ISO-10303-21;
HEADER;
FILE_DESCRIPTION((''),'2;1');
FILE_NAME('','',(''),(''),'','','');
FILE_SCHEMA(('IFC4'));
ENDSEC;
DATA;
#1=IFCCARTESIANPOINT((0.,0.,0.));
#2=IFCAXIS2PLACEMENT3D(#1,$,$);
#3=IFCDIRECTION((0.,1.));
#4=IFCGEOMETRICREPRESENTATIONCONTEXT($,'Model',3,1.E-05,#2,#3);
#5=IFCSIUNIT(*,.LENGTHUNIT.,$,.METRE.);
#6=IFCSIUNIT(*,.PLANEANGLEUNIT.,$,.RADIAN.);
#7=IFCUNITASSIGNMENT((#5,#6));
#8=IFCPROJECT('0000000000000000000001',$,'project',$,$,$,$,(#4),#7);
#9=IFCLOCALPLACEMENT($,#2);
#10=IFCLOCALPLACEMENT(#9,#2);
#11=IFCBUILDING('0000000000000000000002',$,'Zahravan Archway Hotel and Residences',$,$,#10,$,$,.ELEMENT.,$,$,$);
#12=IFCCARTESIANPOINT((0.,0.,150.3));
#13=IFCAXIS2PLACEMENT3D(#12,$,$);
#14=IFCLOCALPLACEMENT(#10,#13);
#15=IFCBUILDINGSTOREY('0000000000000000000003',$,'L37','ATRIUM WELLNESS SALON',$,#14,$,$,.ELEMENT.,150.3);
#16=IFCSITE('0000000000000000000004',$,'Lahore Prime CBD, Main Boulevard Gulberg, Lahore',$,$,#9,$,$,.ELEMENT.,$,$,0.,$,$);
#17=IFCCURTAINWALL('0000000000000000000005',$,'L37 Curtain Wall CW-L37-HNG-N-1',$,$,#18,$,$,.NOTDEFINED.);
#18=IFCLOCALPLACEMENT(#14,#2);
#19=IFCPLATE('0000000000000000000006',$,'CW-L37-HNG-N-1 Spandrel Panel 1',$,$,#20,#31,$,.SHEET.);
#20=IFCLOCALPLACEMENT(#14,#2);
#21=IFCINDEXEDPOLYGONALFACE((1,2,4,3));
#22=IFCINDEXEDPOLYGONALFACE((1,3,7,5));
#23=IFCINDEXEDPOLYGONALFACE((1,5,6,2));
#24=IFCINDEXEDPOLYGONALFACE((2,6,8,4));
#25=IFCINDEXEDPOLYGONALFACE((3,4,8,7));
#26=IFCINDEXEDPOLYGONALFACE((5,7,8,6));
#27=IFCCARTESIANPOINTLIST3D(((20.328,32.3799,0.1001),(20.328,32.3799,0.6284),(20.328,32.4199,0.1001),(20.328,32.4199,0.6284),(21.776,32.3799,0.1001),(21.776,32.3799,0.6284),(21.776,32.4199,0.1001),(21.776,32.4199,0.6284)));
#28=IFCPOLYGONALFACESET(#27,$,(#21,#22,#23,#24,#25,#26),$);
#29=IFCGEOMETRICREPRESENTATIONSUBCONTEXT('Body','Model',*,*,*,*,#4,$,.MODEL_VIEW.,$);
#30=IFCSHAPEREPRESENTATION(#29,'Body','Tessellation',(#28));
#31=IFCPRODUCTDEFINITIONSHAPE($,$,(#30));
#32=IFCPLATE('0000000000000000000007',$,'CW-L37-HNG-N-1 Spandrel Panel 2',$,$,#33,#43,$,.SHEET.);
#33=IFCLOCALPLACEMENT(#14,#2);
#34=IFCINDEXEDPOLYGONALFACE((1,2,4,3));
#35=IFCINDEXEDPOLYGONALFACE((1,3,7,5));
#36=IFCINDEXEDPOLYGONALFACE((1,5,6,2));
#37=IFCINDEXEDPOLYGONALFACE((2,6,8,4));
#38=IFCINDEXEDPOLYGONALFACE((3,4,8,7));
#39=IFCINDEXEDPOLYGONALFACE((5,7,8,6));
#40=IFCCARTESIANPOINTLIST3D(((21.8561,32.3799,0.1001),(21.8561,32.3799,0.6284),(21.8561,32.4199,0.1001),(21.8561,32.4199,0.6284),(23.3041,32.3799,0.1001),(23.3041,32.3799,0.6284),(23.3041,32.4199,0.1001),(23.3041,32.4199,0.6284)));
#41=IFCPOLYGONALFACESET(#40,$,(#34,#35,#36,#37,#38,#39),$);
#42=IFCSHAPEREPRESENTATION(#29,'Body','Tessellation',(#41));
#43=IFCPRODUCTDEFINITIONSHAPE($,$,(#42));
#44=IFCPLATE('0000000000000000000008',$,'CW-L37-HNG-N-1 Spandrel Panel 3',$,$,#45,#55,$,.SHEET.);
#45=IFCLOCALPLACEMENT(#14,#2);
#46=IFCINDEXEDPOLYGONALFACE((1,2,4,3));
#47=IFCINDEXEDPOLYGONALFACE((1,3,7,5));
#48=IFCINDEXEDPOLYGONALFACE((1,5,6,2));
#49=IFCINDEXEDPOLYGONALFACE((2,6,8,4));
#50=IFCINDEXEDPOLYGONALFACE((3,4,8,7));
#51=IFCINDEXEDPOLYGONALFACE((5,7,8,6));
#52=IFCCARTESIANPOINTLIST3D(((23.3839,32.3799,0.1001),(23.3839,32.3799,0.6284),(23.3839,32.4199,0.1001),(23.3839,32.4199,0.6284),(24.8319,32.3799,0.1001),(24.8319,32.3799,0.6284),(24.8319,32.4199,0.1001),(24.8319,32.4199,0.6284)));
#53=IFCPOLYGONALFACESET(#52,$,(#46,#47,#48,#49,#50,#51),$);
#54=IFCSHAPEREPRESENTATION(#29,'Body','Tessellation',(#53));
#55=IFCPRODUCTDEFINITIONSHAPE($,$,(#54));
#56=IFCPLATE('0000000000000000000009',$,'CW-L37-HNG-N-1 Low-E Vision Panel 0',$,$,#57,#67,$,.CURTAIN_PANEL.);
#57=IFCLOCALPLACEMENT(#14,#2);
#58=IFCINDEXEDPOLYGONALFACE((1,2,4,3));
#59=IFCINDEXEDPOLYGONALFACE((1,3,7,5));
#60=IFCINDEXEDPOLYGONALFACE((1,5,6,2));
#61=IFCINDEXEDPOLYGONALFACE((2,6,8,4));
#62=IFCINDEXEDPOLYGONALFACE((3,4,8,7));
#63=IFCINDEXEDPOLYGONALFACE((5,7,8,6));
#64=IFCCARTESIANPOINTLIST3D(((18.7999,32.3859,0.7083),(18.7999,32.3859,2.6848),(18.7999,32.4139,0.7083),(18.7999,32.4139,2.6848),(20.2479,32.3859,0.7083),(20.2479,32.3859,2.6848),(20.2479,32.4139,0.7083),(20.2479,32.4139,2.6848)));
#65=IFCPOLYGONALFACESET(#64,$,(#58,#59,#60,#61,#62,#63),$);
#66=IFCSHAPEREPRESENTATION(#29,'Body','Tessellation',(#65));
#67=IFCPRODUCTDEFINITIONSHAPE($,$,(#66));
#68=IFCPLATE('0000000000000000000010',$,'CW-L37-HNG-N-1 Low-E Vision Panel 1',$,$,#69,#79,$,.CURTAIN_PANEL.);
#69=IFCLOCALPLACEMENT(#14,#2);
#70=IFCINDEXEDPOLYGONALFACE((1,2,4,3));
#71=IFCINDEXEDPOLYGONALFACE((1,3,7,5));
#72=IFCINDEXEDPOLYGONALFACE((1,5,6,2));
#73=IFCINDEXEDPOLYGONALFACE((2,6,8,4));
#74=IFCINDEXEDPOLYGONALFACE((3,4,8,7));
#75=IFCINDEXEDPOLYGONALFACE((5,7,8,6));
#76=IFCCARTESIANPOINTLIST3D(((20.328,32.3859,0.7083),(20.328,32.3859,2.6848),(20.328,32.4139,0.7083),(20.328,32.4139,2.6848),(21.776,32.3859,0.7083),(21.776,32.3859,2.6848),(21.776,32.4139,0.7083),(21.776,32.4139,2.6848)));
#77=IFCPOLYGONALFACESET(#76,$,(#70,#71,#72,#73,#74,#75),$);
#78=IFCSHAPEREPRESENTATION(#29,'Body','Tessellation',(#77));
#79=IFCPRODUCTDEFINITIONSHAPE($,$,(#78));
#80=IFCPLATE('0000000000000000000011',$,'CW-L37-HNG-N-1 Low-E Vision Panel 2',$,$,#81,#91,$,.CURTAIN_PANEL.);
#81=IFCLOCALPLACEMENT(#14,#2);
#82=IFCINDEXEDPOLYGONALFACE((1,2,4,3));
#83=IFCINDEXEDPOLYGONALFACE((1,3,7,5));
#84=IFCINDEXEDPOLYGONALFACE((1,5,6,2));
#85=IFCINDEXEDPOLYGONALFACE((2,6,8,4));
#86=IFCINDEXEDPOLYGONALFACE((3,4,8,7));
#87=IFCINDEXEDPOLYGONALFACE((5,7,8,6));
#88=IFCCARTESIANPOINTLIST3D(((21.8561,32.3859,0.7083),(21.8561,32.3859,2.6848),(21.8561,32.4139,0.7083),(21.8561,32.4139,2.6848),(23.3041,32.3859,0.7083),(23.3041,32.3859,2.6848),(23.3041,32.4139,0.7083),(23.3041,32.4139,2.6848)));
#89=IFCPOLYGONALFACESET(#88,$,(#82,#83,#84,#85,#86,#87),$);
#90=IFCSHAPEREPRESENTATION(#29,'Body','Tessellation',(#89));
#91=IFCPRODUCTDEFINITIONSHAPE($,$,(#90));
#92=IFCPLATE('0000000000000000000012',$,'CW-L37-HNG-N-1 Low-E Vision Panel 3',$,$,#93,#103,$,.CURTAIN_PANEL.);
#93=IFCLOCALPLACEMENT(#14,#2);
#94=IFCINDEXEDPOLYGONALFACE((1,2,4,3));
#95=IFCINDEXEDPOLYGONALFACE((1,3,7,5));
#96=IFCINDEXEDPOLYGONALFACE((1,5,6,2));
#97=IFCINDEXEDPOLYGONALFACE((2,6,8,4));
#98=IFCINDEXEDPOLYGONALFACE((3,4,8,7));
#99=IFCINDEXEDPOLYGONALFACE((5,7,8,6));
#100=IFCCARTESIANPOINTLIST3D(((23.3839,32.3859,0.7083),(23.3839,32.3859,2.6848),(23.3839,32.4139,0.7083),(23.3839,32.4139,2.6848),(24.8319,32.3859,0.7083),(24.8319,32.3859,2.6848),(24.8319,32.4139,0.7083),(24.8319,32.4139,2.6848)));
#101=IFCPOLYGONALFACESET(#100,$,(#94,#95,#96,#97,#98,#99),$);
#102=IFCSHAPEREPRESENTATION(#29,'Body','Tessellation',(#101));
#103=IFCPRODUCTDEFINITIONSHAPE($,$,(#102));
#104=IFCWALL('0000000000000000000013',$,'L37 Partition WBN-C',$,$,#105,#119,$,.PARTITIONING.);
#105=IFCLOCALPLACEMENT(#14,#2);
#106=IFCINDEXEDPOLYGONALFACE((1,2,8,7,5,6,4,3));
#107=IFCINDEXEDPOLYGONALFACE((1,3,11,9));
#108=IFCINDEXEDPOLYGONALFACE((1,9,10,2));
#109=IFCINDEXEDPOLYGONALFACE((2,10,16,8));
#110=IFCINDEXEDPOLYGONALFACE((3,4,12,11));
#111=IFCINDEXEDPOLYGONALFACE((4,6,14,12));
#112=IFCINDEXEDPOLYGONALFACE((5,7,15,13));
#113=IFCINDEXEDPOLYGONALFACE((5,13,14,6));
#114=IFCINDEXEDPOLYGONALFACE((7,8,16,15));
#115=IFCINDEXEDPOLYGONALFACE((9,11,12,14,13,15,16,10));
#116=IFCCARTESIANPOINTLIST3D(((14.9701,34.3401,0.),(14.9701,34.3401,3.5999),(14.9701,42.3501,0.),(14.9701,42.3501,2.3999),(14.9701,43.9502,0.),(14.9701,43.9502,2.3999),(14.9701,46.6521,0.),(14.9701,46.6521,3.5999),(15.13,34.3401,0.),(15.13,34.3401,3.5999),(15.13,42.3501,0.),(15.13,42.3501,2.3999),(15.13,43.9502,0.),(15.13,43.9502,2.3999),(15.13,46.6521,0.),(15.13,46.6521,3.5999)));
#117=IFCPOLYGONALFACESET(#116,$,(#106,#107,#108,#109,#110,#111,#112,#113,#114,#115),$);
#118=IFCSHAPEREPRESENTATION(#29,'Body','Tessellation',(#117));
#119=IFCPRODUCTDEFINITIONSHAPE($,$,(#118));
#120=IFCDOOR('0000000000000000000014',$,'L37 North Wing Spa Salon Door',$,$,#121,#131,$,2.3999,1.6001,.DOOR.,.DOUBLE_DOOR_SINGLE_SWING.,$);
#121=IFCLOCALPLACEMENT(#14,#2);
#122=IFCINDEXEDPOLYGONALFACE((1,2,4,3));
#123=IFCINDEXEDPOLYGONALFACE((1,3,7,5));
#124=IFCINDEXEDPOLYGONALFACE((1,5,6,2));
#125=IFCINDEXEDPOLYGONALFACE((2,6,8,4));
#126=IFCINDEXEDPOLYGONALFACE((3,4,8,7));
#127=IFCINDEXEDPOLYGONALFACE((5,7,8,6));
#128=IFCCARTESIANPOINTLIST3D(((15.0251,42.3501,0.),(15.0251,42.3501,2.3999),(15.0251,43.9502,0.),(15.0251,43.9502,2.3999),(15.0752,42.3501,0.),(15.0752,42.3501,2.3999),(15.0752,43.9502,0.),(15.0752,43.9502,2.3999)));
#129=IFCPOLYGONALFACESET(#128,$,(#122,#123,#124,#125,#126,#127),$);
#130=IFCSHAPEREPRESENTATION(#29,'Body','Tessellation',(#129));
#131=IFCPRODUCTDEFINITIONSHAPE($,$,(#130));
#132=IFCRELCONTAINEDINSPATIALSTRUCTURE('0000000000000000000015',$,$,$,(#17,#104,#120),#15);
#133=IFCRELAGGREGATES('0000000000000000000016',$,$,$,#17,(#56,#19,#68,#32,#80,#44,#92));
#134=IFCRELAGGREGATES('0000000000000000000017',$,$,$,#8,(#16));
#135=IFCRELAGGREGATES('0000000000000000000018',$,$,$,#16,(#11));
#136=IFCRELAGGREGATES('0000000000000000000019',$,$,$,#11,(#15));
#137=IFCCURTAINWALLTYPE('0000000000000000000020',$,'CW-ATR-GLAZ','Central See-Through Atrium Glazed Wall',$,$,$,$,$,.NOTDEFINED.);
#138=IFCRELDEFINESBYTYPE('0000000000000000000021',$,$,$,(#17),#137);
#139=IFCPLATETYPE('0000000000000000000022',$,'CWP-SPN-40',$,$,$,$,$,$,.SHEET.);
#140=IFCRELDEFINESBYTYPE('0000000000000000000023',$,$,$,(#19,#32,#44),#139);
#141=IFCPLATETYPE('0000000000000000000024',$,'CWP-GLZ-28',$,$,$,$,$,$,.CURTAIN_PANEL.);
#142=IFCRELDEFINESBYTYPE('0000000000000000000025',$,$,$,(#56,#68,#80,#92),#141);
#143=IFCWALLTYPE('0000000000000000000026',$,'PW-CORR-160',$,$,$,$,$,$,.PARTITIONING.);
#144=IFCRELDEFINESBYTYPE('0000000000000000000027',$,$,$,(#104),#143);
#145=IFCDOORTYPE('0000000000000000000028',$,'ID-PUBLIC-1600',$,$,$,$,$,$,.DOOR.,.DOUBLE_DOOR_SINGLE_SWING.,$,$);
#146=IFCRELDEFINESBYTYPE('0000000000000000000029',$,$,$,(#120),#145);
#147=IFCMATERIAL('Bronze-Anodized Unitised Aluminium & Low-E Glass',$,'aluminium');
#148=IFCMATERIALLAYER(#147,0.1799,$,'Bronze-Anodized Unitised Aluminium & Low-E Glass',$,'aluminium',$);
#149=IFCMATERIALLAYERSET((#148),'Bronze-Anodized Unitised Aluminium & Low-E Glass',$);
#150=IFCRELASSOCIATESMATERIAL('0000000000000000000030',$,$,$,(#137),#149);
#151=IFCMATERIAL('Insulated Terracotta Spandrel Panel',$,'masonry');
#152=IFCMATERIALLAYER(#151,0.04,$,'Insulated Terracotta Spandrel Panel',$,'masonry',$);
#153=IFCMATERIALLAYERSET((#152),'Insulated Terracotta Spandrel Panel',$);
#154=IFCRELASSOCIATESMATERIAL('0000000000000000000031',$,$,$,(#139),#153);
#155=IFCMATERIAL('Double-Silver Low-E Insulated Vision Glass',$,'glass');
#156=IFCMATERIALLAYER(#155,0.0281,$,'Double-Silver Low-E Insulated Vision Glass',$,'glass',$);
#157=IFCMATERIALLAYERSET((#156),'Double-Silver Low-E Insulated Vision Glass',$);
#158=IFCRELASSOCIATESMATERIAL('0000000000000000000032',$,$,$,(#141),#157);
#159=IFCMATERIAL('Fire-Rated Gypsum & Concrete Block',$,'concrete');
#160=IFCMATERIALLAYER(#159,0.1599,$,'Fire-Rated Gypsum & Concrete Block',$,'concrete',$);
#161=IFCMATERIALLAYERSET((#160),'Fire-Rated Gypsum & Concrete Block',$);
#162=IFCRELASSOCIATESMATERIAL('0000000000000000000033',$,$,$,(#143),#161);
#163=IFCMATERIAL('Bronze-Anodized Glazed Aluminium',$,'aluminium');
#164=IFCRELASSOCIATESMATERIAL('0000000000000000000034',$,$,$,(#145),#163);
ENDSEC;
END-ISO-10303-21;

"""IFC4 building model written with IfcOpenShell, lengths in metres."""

from ifc_helpers import new_model, si_unit, direction, frame, frame_2d, origin, origin_2d, place, context, subcontext, project, spatial, rectangle, extrude, source, transform, mapped, material, layer, layer_set, type_object, type_shapes, element, fill, aggregate, save


model = new_model("IFC4")

# Units and contexts
model_context = context("Model", 3, precision=1e-05, world=origin(), true_north=direction((0.0, 1.0)))
body_context = subcontext(model_context, "Body", "Model", "MODEL_VIEW")
ifc_project = project(units=[si_unit("LENGTHUNIT", "METRE"), si_unit("PLANEANGLEUNIT", "RADIAN")], contexts=[model_context])

# Site, building, storey
site_placement = place(None, origin())
site = spatial("IfcSite", under=ifc_project, at=site_placement, Name="Lahore Prime CBD, Main Boulevard Gulberg, Lahore", CompositionType="ELEMENT", RefElevation=0.0)
building_placement = place(site_placement, origin())
building = spatial("IfcBuilding", under=site, at=building_placement, Name="Zahravan Archway Hotel and Residences", CompositionType="ELEMENT")
storey_placement = place(building_placement, frame((0.0, 0.0, 150.3)))
storey = spatial("IfcBuildingStorey", under=building, at=storey_placement, Name="L37", Description="ATRIUM WELLNESS SALON", CompositionType="ELEMENT", Elevation=150.3)

# Curtain wall, plates
ifc_material_1 = material(Name="Bronze-Anodized Unitised Aluminium & Low-E Glass", Category="aluminium")
ifc_layer_1 = layer(ifc_material_1, 0.1799, Name="Bronze-Anodized Unitised Aluminium & Low-E Glass", Category="aluminium")
ifc_layer_set_1 = layer_set([ifc_layer_1], Name="Bronze-Anodized Unitised Aluminium & Low-E Glass")
curtain_wall_type = type_object("IfcCurtainWallType", Name="CW-ATR-GLAZ", Description="Central See-Through Atrium Glazed Wall", PredefinedType="NOTDEFINED", material=ifc_layer_set_1)
curtain_wall_placement = place(storey_placement, origin())
curtain_wall = element("IfcCurtainWall", 1, at=curtain_wall_placement, inside=storey, type_object=curtain_wall_type, Name="L37 Curtain Wall CW-L37-HNG-N-1", PredefinedType="NOTDEFINED")
ifc_material_2 = material(Name="Insulated Terracotta Spandrel Panel", Category="masonry")
ifc_layer_2 = layer(ifc_material_2, 0.04, Name="Insulated Terracotta Spandrel Panel", Category="masonry")
ifc_layer_set_2 = layer_set([ifc_layer_2], Name="Insulated Terracotta Spandrel Panel")
plate_type_1 = type_object("IfcPlateType", Name="CWP-SPN-40", PredefinedType="SHEET", material=ifc_layer_set_2)
shared_shape_1 = source(origin(), body_context, "Body", "SweptSolid", [
    extrude(rectangle(XDim=1.448, YDim=0.04, at=origin_2d()), origin(), (0.0, 0.0, 1.0), 0.5283),
])
plate_1_placement = place(storey_placement, frame((21.052, 32.3999, 0.1001), z_axis=(0.0, 0.0, 1.0), x_axis=(1.0, 0.0, 0.0)))
plate_1 = element("IfcPlate", 2, at=plate_1_placement, type_object=plate_type_1, Name="CW-L37-HNG-N-1 Spandrel Panel 1", PredefinedType="SHEET", context=body_context, shape_type="MappedRepresentation", body=[
    mapped(shared_shape_1, transform((0.0, 0.0, 0.0), scale=1.0)),
])
plate_2_placement = place(storey_placement, frame((22.5801, 32.3999, 0.1001), z_axis=(0.0, 0.0, 1.0), x_axis=(1.0, 0.0, 0.0)))
plate_2 = element("IfcPlate", 3, at=plate_2_placement, type_object=plate_type_1, Name="CW-L37-HNG-N-1 Spandrel Panel 2", PredefinedType="SHEET", context=body_context, shape_type="MappedRepresentation", body=[
    mapped(shared_shape_1, transform((0.0, 0.0, 0.0), scale=1.0)),
])
plate_3_placement = place(storey_placement, frame((24.1079, 32.3999, 0.1001), z_axis=(0.0, 0.0, 1.0), x_axis=(1.0, 0.0, 0.0)))
plate_3 = element("IfcPlate", 4, at=plate_3_placement, type_object=plate_type_1, Name="CW-L37-HNG-N-1 Spandrel Panel 3", PredefinedType="SHEET", context=body_context, shape_type="MappedRepresentation", body=[
    mapped(shared_shape_1, transform((0.0, 0.0, 0.0), scale=1.0)),
])
ifc_material_3 = material(Name="Double-Silver Low-E Insulated Vision Glass", Category="glass")
ifc_layer_3 = layer(ifc_material_3, 0.0281, Name="Double-Silver Low-E Insulated Vision Glass", Category="glass")
ifc_layer_set_3 = layer_set([ifc_layer_3], Name="Double-Silver Low-E Insulated Vision Glass")
plate_type_2 = type_object("IfcPlateType", Name="CWP-GLZ-28", PredefinedType="CURTAIN_PANEL", material=ifc_layer_set_3)
shared_shape_2 = source(origin(), body_context, "Body", "SweptSolid", [
    extrude(rectangle(XDim=1.448, YDim=0.0281, at=origin_2d()), origin(), (0.0, 0.0, 1.0), 1.9766),
])
plate_4_placement = place(storey_placement, frame((19.5239, 32.3999, 0.7083), z_axis=(0.0, 0.0, 1.0), x_axis=(1.0, 0.0, 0.0)))
plate_4 = element("IfcPlate", 5, at=plate_4_placement, type_object=plate_type_2, Name="CW-L37-HNG-N-1 Low-E Vision Panel 0", PredefinedType="CURTAIN_PANEL", context=body_context, shape_type="MappedRepresentation", body=[
    mapped(shared_shape_2, transform((0.0, 0.0, 0.0), scale=1.0)),
])
plate_5_placement = place(storey_placement, frame((21.052, 32.3999, 0.7083), z_axis=(0.0, 0.0, 1.0), x_axis=(1.0, 0.0, 0.0)))
plate_5 = element("IfcPlate", 6, at=plate_5_placement, type_object=plate_type_2, Name="CW-L37-HNG-N-1 Low-E Vision Panel 1", PredefinedType="CURTAIN_PANEL", context=body_context, shape_type="MappedRepresentation", body=[
    mapped(shared_shape_2, transform((0.0, 0.0, 0.0), scale=1.0)),
])
plate_6_placement = place(storey_placement, frame((22.5801, 32.3999, 0.7083), z_axis=(0.0, 0.0, 1.0), x_axis=(1.0, 0.0, 0.0)))
plate_6 = element("IfcPlate", 7, at=plate_6_placement, type_object=plate_type_2, Name="CW-L37-HNG-N-1 Low-E Vision Panel 2", PredefinedType="CURTAIN_PANEL", context=body_context, shape_type="MappedRepresentation", body=[
    mapped(shared_shape_2, transform((0.0, 0.0, 0.0), scale=1.0)),
])
plate_7_placement = place(storey_placement, frame((24.1079, 32.3999, 0.7083), z_axis=(0.0, 0.0, 1.0), x_axis=(1.0, 0.0, 0.0)))
plate_7 = element("IfcPlate", 8, at=plate_7_placement, type_object=plate_type_2, Name="CW-L37-HNG-N-1 Low-E Vision Panel 3", PredefinedType="CURTAIN_PANEL", context=body_context, shape_type="MappedRepresentation", body=[
    mapped(shared_shape_2, transform((0.0, 0.0, 0.0), scale=1.0)),
])
aggregate(curtain_wall, [plate_4, plate_1, plate_5, plate_2, plate_6, plate_3, plate_7])

# Wall, opening, door
ifc_material_4 = material(Name="Fire-Rated Gypsum & Concrete Block", Category="concrete")
ifc_layer_4 = layer(ifc_material_4, 0.1599, Name="Fire-Rated Gypsum & Concrete Block", Category="concrete")
ifc_layer_set_4 = layer_set([ifc_layer_4], Name="Fire-Rated Gypsum & Concrete Block")
wall_type = type_object("IfcWallType", Name="PW-CORR-160", PredefinedType="PARTITIONING", material=ifc_layer_set_4)
wall_placement = place(storey_placement, frame((15.05, 34.3401, 0.0), z_axis=(0.0, 0.0, 1.0), x_axis=(0.0, 1.0, 0.0)))
wall = element("IfcWall", 9, at=wall_placement, inside=storey, type_object=wall_type, Name="L37 Partition WBN-C", PredefinedType="PARTITIONING", context=body_context, shape_type="SweptSolid", body=[
    extrude(rectangle(XDim=12.312, YDim=0.1599, at=frame_2d((6.156, 0.0))), origin(), (0.0, 0.0, 1.0), 3.5999),
])
opening_placement = place(wall_placement, frame((8.01, 0.0, 0.0)))
opening = element("IfcOpeningElement", 10, at=opening_placement, cuts=wall, PredefinedType="OPENING", context=body_context, shape_type="SweptSolid", body=[
    extrude(rectangle(XDim=1.6001, YDim=2.3999, at=frame_2d((0.8, 1.2))), frame((0.0, 0.0898, 0.0), z_axis=(0.0, -1.0, 0.0), x_axis=(1.0, 0.0, 0.0)), (0.0, 0.0, 1.0), 0.1799),
])
ifc_material_5 = material(Name="Bronze-Anodized Glazed Aluminium", Category="aluminium")
door_type = type_object("IfcDoorType", Name="ID-PUBLIC-1600", OperationType="DOUBLE_DOOR_SINGLE_SWING", PredefinedType="DOOR", material=ifc_material_5)
shared_shape_3 = source(origin(), body_context, "Body", "SweptSolid", [
    extrude(rectangle(XDim=1.6001, YDim=2.3999, at=frame_2d((0.8, 1.2))), frame((0.0, 0.0249, 0.0), z_axis=(0.0, -1.0, 0.0), x_axis=(1.0, 0.0, 0.0)), (0.0, 0.0, 1.0), 0.05),
])
type_shapes(door_type, [shared_shape_3])
door_placement = place(opening_placement, origin())
door = element("IfcDoor", 11, at=door_placement, inside=storey, type_object=door_type, Name="L37 North Wing Spa Salon Door", OperationType="DOUBLE_DOOR_SINGLE_SWING", OverallHeight=2.3999, OverallWidth=1.6001, PredefinedType="DOOR", context=body_context, shape_type="MappedRepresentation", body=[
    mapped(shared_shape_3, transform((0.0, 0.0, 0.0), scale=1.0)),
])
fill(opening, door)

save(model, "model.ifc")
